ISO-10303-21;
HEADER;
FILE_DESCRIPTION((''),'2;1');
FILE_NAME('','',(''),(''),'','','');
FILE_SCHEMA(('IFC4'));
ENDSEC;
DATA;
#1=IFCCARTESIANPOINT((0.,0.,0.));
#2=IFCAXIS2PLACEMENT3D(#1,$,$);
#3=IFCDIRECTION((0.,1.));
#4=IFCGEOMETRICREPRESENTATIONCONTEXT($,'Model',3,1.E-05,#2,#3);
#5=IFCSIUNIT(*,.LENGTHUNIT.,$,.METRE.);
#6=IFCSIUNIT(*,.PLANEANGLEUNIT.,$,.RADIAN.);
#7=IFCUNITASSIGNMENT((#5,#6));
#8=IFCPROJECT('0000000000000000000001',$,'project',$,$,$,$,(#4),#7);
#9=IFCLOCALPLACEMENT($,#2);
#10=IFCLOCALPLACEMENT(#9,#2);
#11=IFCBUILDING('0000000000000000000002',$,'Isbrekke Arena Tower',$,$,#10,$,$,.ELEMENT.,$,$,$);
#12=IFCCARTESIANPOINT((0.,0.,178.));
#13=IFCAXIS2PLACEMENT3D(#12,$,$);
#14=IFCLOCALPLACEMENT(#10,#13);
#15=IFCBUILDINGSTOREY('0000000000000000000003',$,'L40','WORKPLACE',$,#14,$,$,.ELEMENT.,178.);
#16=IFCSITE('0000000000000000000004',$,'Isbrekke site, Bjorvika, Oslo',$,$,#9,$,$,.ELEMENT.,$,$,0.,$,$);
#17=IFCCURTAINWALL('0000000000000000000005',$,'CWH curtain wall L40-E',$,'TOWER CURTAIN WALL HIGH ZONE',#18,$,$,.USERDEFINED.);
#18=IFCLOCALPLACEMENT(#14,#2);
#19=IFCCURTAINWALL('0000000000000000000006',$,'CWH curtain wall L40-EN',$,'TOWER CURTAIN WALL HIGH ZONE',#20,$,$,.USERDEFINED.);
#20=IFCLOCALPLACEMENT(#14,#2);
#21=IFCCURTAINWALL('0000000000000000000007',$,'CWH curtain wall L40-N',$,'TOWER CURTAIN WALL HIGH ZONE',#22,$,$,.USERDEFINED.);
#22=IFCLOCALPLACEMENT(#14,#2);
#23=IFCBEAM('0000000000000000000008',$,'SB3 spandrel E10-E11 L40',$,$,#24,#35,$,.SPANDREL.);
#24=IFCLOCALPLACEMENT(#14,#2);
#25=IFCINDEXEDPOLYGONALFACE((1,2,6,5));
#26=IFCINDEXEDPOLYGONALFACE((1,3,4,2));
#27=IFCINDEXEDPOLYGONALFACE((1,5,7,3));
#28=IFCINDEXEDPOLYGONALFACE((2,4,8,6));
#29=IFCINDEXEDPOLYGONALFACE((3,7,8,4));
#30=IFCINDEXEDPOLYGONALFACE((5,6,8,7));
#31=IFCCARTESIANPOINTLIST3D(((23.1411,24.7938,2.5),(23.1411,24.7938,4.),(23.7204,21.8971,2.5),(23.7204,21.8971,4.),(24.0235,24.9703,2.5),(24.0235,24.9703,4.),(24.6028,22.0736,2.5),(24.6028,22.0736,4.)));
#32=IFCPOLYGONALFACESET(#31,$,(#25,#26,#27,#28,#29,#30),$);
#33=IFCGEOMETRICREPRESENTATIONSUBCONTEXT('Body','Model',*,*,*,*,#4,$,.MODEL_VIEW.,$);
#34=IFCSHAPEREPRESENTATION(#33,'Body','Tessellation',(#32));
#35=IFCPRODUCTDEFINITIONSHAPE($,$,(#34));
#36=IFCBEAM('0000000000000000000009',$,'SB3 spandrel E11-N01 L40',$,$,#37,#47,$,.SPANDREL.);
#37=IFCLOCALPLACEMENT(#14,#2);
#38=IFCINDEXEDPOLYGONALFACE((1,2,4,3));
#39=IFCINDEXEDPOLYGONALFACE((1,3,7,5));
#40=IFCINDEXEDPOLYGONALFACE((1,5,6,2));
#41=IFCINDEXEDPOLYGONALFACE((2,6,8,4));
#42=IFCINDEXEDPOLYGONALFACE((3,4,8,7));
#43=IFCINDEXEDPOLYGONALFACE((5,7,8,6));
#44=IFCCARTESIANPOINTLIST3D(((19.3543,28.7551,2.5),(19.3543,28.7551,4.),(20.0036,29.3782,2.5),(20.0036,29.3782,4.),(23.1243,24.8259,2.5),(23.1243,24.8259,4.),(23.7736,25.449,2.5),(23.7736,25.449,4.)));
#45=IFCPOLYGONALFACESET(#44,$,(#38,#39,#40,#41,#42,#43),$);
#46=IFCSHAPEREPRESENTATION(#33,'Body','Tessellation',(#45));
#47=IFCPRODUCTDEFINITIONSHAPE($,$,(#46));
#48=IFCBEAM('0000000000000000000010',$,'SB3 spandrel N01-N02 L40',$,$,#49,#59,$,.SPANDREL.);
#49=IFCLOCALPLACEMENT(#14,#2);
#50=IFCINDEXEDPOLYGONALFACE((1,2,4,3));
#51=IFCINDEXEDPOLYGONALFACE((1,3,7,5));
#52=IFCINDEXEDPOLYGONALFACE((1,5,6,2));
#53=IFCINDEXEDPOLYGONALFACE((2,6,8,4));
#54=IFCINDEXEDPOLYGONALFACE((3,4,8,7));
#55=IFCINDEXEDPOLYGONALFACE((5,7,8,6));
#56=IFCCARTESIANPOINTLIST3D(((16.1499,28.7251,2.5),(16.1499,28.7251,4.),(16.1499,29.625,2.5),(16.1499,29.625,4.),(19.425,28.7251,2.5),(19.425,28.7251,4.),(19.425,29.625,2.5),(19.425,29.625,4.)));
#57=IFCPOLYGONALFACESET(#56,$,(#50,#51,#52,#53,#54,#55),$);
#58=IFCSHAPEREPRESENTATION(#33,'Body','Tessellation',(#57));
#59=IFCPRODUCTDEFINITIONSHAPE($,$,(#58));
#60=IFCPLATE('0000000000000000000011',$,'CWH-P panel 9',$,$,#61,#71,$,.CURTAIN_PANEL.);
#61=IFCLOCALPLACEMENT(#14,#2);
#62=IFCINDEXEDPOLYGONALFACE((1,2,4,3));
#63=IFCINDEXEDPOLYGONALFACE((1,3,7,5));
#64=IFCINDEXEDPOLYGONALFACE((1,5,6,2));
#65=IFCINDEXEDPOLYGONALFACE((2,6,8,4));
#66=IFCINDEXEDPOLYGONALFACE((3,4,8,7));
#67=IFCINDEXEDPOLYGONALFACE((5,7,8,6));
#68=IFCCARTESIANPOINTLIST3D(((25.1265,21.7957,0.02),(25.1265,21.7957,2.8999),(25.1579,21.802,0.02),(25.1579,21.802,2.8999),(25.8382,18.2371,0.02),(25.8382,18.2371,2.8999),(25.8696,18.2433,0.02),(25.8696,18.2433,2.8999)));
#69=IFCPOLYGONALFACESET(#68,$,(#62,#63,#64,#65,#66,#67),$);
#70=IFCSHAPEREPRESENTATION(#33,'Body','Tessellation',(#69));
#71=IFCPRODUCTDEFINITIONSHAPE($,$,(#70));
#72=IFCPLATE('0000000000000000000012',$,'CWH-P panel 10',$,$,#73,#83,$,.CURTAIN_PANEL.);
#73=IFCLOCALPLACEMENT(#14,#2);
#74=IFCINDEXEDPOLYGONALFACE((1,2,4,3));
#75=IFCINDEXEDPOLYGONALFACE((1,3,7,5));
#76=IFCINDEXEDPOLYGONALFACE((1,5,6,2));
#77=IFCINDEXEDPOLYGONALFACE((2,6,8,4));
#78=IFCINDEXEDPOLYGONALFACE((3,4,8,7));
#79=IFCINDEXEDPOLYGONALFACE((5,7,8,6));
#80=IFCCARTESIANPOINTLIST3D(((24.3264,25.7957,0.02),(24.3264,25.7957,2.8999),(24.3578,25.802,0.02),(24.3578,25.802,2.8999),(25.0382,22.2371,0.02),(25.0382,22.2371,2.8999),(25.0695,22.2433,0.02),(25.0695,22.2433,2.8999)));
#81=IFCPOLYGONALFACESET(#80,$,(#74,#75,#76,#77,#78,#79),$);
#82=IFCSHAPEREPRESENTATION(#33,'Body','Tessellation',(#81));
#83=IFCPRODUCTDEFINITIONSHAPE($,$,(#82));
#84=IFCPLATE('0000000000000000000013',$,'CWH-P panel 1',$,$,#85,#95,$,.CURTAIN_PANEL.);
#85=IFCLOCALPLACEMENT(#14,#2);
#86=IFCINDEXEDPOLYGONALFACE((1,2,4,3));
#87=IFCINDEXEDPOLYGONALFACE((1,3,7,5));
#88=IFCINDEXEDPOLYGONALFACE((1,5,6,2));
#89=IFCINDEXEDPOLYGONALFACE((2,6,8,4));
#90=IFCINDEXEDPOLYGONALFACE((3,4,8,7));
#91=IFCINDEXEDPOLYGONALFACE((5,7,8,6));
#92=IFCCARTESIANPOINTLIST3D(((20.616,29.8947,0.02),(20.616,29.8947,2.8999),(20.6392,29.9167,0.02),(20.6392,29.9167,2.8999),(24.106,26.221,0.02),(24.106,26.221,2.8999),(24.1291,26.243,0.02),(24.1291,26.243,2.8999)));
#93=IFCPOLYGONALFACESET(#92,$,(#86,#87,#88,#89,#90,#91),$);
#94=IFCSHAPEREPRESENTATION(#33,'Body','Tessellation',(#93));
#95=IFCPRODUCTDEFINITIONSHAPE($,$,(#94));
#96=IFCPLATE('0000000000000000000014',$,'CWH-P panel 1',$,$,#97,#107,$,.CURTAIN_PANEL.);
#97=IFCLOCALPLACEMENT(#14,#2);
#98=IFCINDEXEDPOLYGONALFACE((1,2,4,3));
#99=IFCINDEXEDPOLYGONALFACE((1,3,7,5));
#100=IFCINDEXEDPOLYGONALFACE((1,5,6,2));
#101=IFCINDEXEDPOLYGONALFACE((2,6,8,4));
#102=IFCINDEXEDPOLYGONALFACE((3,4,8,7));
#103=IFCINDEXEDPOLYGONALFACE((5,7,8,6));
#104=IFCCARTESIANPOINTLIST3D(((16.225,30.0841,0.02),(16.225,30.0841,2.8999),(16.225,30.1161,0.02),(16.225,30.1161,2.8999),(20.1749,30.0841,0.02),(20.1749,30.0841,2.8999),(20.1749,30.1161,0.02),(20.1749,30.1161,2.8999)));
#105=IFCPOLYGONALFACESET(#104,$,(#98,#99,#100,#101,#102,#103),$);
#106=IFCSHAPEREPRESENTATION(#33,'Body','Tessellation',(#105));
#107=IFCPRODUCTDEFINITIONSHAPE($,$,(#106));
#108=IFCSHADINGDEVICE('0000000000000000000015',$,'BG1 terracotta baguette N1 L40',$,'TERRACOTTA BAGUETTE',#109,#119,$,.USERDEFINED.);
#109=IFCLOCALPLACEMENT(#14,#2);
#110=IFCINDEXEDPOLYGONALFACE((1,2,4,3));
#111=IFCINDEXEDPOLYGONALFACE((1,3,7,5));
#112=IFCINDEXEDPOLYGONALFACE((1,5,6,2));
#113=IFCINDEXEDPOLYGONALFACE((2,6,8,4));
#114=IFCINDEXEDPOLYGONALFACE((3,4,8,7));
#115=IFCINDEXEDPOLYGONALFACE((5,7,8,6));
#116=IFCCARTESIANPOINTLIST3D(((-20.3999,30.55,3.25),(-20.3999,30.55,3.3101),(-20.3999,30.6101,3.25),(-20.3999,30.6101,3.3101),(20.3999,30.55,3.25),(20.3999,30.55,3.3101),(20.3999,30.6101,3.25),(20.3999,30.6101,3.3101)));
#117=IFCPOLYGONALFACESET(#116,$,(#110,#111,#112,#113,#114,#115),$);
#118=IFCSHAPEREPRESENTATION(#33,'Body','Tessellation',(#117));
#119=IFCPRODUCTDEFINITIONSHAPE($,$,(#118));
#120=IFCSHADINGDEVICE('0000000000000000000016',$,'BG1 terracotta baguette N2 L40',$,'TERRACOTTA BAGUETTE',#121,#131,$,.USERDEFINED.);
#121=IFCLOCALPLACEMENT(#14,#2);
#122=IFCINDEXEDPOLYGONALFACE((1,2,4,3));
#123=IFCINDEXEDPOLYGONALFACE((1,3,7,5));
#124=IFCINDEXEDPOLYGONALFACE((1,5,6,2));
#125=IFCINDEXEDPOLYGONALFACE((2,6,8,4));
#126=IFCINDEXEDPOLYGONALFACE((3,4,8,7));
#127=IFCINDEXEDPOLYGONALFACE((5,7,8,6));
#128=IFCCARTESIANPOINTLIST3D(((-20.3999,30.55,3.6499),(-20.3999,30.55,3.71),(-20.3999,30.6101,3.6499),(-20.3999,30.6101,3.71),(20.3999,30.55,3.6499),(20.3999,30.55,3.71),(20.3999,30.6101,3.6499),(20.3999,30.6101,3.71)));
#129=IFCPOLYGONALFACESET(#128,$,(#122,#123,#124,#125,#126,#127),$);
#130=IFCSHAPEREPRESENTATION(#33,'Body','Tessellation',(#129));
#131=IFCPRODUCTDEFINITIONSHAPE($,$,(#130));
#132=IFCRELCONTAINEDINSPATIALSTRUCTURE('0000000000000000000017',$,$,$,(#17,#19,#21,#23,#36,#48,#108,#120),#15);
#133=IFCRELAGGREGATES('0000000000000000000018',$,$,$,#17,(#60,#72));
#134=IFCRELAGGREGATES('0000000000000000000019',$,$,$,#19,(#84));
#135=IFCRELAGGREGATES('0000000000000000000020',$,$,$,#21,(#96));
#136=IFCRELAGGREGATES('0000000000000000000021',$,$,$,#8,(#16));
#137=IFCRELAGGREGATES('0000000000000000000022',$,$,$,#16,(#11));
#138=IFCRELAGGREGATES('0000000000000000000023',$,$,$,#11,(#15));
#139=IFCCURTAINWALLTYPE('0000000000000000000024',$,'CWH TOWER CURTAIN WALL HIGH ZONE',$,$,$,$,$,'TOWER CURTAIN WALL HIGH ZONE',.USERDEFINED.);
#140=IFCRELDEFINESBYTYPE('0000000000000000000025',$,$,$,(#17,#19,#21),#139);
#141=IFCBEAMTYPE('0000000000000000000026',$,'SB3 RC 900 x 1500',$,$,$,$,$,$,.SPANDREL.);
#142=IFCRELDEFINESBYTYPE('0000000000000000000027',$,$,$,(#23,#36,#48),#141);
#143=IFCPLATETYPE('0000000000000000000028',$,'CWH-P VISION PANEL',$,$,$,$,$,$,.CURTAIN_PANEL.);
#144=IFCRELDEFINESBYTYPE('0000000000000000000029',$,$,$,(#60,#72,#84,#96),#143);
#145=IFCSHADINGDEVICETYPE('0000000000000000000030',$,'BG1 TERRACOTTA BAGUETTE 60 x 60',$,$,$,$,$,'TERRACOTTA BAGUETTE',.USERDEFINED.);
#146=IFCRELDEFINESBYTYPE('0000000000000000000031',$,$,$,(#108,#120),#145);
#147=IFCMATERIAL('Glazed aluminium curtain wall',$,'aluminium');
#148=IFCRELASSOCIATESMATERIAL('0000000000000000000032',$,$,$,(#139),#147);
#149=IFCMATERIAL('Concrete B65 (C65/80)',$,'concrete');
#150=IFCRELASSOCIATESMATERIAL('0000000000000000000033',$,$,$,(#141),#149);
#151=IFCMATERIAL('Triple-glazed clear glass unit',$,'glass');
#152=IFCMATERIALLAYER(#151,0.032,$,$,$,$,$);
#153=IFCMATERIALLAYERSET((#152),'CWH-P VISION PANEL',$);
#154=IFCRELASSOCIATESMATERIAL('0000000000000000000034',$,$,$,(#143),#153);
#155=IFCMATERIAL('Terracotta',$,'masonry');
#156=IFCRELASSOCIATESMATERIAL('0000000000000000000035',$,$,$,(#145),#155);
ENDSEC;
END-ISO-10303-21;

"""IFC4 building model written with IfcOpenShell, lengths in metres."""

from ifc_helpers import new_model, si_unit, direction, frame, origin, origin_2d, place, context, subcontext, project, spatial, rectangle, extrude, material, layer, layer_set, material_profile, profile_set, type_object, element, aggregate, save


model = new_model("IFC4")

# Units and contexts
model_context = context("Model", 3, precision=1e-05, world=origin(), true_north=direction((0.0, 1.0)))
body_context = subcontext(model_context, "Body", "Model", "MODEL_VIEW")
ifc_project = project(units=[si_unit("LENGTHUNIT", "METRE"), si_unit("PLANEANGLEUNIT", "RADIAN")], contexts=[model_context])

# Site, building, storey
site_placement = place(None, origin())
site = spatial("IfcSite", under=ifc_project, at=site_placement, Name="Isbrekke site, Bjorvika, Oslo", CompositionType="ELEMENT", RefElevation=0.0)
building_placement = place(site_placement, origin())
building = spatial("IfcBuilding", under=site, at=building_placement, Name="Isbrekke Arena Tower", CompositionType="ELEMENT")
storey_placement = place(building_placement, frame((0.0, 0.0, 178.0)))
storey = spatial("IfcBuildingStorey", under=building, at=storey_placement, Name="L40", Description="WORKPLACE", CompositionType="ELEMENT", Elevation=178.0)

# Curtain wall
ifc_material_1 = material(Name="Glazed aluminium curtain wall", Category="aluminium")
curtain_wall_type = type_object("IfcCurtainWallType", Name="CWH TOWER CURTAIN WALL HIGH ZONE", ElementType="TOWER CURTAIN WALL HIGH ZONE", PredefinedType="USERDEFINED", material=ifc_material_1)
curtain_wall_1_placement = place(storey_placement, origin())
curtain_wall_1 = element("IfcCurtainWall", 1, at=curtain_wall_1_placement, inside=storey, type_object=curtain_wall_type, Name="CWH curtain wall L40-E", ObjectType="TOWER CURTAIN WALL HIGH ZONE", PredefinedType="USERDEFINED")

# Curtain walls
curtain_wall_2_placement = place(storey_placement, origin())
curtain_wall_2 = element("IfcCurtainWall", 2, at=curtain_wall_2_placement, inside=storey, type_object=curtain_wall_type, Name="CWH curtain wall L40-EN", ObjectType="TOWER CURTAIN WALL HIGH ZONE", PredefinedType="USERDEFINED")
curtain_wall_3_placement = place(storey_placement, origin())
curtain_wall_3 = element("IfcCurtainWall", 3, at=curtain_wall_3_placement, inside=storey, type_object=curtain_wall_type, Name="CWH curtain wall L40-N", ObjectType="TOWER CURTAIN WALL HIGH ZONE", PredefinedType="USERDEFINED")

# Beams
ifc_material_2 = material(Name="Concrete B65 (C65/80)", Category="concrete")
ifc_material_profile_1 = material_profile(ifc_material_2, rectangle(XDim=0.8999, YDim=1.5, at=origin_2d()), Name="RC 900x1500")
ifc_profile_set_1 = profile_set([ifc_material_profile_1], Name="Concrete B65 (C65/80)")
beam_type_1 = type_object("IfcBeamType", Name="SB3 RC 900 x 1500", PredefinedType="SPANDREL", material=ifc_profile_set_1)
beam_1_placement = place(storey_placement, frame((24.1616, 21.9854, 3.25), z_axis=(-0.196116, 0.980581, 0.0), x_axis=(-0.980581, -0.196116, 0.0)))
element("IfcBeam", 4, at=beam_1_placement, inside=storey, type_object=beam_type_1, Name="SB3 spandrel E10-E11 L40", PredefinedType="SPANDREL", context=body_context, shape_type="SweptSolid", body=[
    extrude(rectangle(XDim=0.8999, YDim=1.5, at=origin_2d()), origin(), (0.0, 0.0, 1.0), 2.9541),
])
beam_2_placement = place(storey_placement, frame((23.449, 25.1375, 3.25), z_axis=(-0.69234, 0.721572, 0.0), x_axis=(-0.721572, -0.69234, 0.0)))
element("IfcBeam", 5, at=beam_2_placement, inside=storey, type_object=beam_type_1, Name="SB3 spandrel E11-N01 L40", PredefinedType="SPANDREL", context=body_context, shape_type="SweptSolid", body=[
    extrude(rectangle(XDim=0.8999, YDim=1.5, at=origin_2d()), origin(), (0.0, 0.0, 1.0), 5.4453),
])
beam_3_placement = place(storey_placement, frame((19.425, 29.175, 3.25), z_axis=(-1.0, 0.0, 0.0), x_axis=(0.0, -1.0, 0.0)))
element("IfcBeam", 6, at=beam_3_placement, inside=storey, type_object=beam_type_1, Name="SB3 spandrel N01-N02 L40", PredefinedType="SPANDREL", context=body_context, shape_type="SweptSolid", body=[
    extrude(rectangle(XDim=0.8999, YDim=1.5, at=origin_2d()), origin(), (0.0, 0.0, 1.0), 3.2751),
])

# Plates
ifc_material_3 = material(Name="Triple-glazed clear glass unit", Category="glass")
ifc_layer = layer(ifc_material_3, 0.032)
ifc_layer_set = layer_set([ifc_layer], Name="CWH-P VISION PANEL")
plate_type = type_object("IfcPlateType", Name="CWH-P VISION PANEL", PredefinedType="CURTAIN_PANEL", material=ifc_layer_set)
plate_1_placement = place(storey_placement, frame((25.498, 20.0195, 0.02), z_axis=(0.0, 0.0, 1.0), x_axis=(-0.196116, 0.980581, 0.0)))
plate_1 = element("IfcPlate", 7, at=plate_1_placement, type_object=plate_type, Name="CWH-P panel 9", PredefinedType="CURTAIN_PANEL", context=body_context, shape_type="SweptSolid", body=[
    extrude(rectangle(XDim=3.6292, YDim=0.032, at=origin_2d()), origin(), (0.0, 0.0, 1.0), 2.8799),
])
plate_2_placement = place(storey_placement, frame((24.698, 24.0195, 0.02), z_axis=(0.0, 0.0, 1.0), x_axis=(-0.196116, 0.980581, 0.0)))
plate_2 = element("IfcPlate", 8, at=plate_2_placement, type_object=plate_type, Name="CWH-P panel 10", PredefinedType="CURTAIN_PANEL", context=body_context, shape_type="SweptSolid", body=[
    extrude(rectangle(XDim=3.6292, YDim=0.032, at=origin_2d()), origin(), (0.0, 0.0, 1.0), 2.8799),
])
aggregate(curtain_wall_1, [plate_1, plate_2])
plate_3_placement = place(storey_placement, frame((22.3726, 28.0688, 0.02), z_axis=(0.0, 0.0, 1.0), x_axis=(-0.688749, 0.724999, 0.0)))
plate_3 = element("IfcPlate", 9, at=plate_3_placement, type_object=plate_type, Name="CWH-P panel 1", PredefinedType="CURTAIN_PANEL", context=body_context, shape_type="SweptSolid", body=[
    extrude(rectangle(XDim=5.0671, YDim=0.032, at=origin_2d()), origin(), (0.0, 0.0, 1.0), 2.8799),
])
aggregate(curtain_wall_2, [plate_3])
plate_4_placement = place(storey_placement, frame((18.2, 30.1001, 0.02), z_axis=(0.0, 0.0, 1.0), x_axis=(-1.0, 0.0, 0.0)))
plate_4 = element("IfcPlate", 10, at=plate_4_placement, type_object=plate_type, Name="CWH-P panel 1", PredefinedType="CURTAIN_PANEL", context=body_context, shape_type="SweptSolid", body=[
    extrude(rectangle(XDim=3.95, YDim=0.032, at=origin_2d()), origin(), (0.0, 0.0, 1.0), 2.8799),
])
aggregate(curtain_wall_3, [plate_4])

# Shading devices
ifc_material_4 = material(Name="Terracotta", Category="masonry")
ifc_material_profile_2 = material_profile(ifc_material_4, rectangle(XDim=0.0601, YDim=0.0601, at=origin_2d()), Name="BAGUETTE 60X60")
ifc_profile_set_2 = profile_set([ifc_material_profile_2], Name="Terracotta")
shading_device_type = type_object("IfcShadingDeviceType", Name="BG1 TERRACOTTA BAGUETTE 60 x 60", ElementType="TERRACOTTA BAGUETTE", PredefinedType="USERDEFINED", material=ifc_profile_set_2)
for number, where, z_axis, x_axis, name in (
    (11, (20.3999, 30.5801, 3.28), (-1.0, 0.0, 0.0), (0.0, -1.0, 0.0), "BG1 terracotta baguette N1 L40"),
    (12, (20.3999, 30.5801, 3.6799), (-1.0, 0.0, 0.0), (0.0, -1.0, 0.0), "BG1 terracotta baguette N2 L40"),
):
    element("IfcShadingDevice", number, at=place(storey_placement, frame(where, z_axis=z_axis, x_axis=x_axis)), inside=storey, type_object=shading_device_type, Name=name, ObjectType="TERRACOTTA BAGUETTE", PredefinedType="USERDEFINED", context=body_context, shape_type="SweptSolid", body=[
        extrude(rectangle(XDim=0.0601, YDim=0.0601, at=origin_2d()), origin(), (0.0, 0.0, 1.0), 40.7998),
    ])

save(model, "model.ifc")
